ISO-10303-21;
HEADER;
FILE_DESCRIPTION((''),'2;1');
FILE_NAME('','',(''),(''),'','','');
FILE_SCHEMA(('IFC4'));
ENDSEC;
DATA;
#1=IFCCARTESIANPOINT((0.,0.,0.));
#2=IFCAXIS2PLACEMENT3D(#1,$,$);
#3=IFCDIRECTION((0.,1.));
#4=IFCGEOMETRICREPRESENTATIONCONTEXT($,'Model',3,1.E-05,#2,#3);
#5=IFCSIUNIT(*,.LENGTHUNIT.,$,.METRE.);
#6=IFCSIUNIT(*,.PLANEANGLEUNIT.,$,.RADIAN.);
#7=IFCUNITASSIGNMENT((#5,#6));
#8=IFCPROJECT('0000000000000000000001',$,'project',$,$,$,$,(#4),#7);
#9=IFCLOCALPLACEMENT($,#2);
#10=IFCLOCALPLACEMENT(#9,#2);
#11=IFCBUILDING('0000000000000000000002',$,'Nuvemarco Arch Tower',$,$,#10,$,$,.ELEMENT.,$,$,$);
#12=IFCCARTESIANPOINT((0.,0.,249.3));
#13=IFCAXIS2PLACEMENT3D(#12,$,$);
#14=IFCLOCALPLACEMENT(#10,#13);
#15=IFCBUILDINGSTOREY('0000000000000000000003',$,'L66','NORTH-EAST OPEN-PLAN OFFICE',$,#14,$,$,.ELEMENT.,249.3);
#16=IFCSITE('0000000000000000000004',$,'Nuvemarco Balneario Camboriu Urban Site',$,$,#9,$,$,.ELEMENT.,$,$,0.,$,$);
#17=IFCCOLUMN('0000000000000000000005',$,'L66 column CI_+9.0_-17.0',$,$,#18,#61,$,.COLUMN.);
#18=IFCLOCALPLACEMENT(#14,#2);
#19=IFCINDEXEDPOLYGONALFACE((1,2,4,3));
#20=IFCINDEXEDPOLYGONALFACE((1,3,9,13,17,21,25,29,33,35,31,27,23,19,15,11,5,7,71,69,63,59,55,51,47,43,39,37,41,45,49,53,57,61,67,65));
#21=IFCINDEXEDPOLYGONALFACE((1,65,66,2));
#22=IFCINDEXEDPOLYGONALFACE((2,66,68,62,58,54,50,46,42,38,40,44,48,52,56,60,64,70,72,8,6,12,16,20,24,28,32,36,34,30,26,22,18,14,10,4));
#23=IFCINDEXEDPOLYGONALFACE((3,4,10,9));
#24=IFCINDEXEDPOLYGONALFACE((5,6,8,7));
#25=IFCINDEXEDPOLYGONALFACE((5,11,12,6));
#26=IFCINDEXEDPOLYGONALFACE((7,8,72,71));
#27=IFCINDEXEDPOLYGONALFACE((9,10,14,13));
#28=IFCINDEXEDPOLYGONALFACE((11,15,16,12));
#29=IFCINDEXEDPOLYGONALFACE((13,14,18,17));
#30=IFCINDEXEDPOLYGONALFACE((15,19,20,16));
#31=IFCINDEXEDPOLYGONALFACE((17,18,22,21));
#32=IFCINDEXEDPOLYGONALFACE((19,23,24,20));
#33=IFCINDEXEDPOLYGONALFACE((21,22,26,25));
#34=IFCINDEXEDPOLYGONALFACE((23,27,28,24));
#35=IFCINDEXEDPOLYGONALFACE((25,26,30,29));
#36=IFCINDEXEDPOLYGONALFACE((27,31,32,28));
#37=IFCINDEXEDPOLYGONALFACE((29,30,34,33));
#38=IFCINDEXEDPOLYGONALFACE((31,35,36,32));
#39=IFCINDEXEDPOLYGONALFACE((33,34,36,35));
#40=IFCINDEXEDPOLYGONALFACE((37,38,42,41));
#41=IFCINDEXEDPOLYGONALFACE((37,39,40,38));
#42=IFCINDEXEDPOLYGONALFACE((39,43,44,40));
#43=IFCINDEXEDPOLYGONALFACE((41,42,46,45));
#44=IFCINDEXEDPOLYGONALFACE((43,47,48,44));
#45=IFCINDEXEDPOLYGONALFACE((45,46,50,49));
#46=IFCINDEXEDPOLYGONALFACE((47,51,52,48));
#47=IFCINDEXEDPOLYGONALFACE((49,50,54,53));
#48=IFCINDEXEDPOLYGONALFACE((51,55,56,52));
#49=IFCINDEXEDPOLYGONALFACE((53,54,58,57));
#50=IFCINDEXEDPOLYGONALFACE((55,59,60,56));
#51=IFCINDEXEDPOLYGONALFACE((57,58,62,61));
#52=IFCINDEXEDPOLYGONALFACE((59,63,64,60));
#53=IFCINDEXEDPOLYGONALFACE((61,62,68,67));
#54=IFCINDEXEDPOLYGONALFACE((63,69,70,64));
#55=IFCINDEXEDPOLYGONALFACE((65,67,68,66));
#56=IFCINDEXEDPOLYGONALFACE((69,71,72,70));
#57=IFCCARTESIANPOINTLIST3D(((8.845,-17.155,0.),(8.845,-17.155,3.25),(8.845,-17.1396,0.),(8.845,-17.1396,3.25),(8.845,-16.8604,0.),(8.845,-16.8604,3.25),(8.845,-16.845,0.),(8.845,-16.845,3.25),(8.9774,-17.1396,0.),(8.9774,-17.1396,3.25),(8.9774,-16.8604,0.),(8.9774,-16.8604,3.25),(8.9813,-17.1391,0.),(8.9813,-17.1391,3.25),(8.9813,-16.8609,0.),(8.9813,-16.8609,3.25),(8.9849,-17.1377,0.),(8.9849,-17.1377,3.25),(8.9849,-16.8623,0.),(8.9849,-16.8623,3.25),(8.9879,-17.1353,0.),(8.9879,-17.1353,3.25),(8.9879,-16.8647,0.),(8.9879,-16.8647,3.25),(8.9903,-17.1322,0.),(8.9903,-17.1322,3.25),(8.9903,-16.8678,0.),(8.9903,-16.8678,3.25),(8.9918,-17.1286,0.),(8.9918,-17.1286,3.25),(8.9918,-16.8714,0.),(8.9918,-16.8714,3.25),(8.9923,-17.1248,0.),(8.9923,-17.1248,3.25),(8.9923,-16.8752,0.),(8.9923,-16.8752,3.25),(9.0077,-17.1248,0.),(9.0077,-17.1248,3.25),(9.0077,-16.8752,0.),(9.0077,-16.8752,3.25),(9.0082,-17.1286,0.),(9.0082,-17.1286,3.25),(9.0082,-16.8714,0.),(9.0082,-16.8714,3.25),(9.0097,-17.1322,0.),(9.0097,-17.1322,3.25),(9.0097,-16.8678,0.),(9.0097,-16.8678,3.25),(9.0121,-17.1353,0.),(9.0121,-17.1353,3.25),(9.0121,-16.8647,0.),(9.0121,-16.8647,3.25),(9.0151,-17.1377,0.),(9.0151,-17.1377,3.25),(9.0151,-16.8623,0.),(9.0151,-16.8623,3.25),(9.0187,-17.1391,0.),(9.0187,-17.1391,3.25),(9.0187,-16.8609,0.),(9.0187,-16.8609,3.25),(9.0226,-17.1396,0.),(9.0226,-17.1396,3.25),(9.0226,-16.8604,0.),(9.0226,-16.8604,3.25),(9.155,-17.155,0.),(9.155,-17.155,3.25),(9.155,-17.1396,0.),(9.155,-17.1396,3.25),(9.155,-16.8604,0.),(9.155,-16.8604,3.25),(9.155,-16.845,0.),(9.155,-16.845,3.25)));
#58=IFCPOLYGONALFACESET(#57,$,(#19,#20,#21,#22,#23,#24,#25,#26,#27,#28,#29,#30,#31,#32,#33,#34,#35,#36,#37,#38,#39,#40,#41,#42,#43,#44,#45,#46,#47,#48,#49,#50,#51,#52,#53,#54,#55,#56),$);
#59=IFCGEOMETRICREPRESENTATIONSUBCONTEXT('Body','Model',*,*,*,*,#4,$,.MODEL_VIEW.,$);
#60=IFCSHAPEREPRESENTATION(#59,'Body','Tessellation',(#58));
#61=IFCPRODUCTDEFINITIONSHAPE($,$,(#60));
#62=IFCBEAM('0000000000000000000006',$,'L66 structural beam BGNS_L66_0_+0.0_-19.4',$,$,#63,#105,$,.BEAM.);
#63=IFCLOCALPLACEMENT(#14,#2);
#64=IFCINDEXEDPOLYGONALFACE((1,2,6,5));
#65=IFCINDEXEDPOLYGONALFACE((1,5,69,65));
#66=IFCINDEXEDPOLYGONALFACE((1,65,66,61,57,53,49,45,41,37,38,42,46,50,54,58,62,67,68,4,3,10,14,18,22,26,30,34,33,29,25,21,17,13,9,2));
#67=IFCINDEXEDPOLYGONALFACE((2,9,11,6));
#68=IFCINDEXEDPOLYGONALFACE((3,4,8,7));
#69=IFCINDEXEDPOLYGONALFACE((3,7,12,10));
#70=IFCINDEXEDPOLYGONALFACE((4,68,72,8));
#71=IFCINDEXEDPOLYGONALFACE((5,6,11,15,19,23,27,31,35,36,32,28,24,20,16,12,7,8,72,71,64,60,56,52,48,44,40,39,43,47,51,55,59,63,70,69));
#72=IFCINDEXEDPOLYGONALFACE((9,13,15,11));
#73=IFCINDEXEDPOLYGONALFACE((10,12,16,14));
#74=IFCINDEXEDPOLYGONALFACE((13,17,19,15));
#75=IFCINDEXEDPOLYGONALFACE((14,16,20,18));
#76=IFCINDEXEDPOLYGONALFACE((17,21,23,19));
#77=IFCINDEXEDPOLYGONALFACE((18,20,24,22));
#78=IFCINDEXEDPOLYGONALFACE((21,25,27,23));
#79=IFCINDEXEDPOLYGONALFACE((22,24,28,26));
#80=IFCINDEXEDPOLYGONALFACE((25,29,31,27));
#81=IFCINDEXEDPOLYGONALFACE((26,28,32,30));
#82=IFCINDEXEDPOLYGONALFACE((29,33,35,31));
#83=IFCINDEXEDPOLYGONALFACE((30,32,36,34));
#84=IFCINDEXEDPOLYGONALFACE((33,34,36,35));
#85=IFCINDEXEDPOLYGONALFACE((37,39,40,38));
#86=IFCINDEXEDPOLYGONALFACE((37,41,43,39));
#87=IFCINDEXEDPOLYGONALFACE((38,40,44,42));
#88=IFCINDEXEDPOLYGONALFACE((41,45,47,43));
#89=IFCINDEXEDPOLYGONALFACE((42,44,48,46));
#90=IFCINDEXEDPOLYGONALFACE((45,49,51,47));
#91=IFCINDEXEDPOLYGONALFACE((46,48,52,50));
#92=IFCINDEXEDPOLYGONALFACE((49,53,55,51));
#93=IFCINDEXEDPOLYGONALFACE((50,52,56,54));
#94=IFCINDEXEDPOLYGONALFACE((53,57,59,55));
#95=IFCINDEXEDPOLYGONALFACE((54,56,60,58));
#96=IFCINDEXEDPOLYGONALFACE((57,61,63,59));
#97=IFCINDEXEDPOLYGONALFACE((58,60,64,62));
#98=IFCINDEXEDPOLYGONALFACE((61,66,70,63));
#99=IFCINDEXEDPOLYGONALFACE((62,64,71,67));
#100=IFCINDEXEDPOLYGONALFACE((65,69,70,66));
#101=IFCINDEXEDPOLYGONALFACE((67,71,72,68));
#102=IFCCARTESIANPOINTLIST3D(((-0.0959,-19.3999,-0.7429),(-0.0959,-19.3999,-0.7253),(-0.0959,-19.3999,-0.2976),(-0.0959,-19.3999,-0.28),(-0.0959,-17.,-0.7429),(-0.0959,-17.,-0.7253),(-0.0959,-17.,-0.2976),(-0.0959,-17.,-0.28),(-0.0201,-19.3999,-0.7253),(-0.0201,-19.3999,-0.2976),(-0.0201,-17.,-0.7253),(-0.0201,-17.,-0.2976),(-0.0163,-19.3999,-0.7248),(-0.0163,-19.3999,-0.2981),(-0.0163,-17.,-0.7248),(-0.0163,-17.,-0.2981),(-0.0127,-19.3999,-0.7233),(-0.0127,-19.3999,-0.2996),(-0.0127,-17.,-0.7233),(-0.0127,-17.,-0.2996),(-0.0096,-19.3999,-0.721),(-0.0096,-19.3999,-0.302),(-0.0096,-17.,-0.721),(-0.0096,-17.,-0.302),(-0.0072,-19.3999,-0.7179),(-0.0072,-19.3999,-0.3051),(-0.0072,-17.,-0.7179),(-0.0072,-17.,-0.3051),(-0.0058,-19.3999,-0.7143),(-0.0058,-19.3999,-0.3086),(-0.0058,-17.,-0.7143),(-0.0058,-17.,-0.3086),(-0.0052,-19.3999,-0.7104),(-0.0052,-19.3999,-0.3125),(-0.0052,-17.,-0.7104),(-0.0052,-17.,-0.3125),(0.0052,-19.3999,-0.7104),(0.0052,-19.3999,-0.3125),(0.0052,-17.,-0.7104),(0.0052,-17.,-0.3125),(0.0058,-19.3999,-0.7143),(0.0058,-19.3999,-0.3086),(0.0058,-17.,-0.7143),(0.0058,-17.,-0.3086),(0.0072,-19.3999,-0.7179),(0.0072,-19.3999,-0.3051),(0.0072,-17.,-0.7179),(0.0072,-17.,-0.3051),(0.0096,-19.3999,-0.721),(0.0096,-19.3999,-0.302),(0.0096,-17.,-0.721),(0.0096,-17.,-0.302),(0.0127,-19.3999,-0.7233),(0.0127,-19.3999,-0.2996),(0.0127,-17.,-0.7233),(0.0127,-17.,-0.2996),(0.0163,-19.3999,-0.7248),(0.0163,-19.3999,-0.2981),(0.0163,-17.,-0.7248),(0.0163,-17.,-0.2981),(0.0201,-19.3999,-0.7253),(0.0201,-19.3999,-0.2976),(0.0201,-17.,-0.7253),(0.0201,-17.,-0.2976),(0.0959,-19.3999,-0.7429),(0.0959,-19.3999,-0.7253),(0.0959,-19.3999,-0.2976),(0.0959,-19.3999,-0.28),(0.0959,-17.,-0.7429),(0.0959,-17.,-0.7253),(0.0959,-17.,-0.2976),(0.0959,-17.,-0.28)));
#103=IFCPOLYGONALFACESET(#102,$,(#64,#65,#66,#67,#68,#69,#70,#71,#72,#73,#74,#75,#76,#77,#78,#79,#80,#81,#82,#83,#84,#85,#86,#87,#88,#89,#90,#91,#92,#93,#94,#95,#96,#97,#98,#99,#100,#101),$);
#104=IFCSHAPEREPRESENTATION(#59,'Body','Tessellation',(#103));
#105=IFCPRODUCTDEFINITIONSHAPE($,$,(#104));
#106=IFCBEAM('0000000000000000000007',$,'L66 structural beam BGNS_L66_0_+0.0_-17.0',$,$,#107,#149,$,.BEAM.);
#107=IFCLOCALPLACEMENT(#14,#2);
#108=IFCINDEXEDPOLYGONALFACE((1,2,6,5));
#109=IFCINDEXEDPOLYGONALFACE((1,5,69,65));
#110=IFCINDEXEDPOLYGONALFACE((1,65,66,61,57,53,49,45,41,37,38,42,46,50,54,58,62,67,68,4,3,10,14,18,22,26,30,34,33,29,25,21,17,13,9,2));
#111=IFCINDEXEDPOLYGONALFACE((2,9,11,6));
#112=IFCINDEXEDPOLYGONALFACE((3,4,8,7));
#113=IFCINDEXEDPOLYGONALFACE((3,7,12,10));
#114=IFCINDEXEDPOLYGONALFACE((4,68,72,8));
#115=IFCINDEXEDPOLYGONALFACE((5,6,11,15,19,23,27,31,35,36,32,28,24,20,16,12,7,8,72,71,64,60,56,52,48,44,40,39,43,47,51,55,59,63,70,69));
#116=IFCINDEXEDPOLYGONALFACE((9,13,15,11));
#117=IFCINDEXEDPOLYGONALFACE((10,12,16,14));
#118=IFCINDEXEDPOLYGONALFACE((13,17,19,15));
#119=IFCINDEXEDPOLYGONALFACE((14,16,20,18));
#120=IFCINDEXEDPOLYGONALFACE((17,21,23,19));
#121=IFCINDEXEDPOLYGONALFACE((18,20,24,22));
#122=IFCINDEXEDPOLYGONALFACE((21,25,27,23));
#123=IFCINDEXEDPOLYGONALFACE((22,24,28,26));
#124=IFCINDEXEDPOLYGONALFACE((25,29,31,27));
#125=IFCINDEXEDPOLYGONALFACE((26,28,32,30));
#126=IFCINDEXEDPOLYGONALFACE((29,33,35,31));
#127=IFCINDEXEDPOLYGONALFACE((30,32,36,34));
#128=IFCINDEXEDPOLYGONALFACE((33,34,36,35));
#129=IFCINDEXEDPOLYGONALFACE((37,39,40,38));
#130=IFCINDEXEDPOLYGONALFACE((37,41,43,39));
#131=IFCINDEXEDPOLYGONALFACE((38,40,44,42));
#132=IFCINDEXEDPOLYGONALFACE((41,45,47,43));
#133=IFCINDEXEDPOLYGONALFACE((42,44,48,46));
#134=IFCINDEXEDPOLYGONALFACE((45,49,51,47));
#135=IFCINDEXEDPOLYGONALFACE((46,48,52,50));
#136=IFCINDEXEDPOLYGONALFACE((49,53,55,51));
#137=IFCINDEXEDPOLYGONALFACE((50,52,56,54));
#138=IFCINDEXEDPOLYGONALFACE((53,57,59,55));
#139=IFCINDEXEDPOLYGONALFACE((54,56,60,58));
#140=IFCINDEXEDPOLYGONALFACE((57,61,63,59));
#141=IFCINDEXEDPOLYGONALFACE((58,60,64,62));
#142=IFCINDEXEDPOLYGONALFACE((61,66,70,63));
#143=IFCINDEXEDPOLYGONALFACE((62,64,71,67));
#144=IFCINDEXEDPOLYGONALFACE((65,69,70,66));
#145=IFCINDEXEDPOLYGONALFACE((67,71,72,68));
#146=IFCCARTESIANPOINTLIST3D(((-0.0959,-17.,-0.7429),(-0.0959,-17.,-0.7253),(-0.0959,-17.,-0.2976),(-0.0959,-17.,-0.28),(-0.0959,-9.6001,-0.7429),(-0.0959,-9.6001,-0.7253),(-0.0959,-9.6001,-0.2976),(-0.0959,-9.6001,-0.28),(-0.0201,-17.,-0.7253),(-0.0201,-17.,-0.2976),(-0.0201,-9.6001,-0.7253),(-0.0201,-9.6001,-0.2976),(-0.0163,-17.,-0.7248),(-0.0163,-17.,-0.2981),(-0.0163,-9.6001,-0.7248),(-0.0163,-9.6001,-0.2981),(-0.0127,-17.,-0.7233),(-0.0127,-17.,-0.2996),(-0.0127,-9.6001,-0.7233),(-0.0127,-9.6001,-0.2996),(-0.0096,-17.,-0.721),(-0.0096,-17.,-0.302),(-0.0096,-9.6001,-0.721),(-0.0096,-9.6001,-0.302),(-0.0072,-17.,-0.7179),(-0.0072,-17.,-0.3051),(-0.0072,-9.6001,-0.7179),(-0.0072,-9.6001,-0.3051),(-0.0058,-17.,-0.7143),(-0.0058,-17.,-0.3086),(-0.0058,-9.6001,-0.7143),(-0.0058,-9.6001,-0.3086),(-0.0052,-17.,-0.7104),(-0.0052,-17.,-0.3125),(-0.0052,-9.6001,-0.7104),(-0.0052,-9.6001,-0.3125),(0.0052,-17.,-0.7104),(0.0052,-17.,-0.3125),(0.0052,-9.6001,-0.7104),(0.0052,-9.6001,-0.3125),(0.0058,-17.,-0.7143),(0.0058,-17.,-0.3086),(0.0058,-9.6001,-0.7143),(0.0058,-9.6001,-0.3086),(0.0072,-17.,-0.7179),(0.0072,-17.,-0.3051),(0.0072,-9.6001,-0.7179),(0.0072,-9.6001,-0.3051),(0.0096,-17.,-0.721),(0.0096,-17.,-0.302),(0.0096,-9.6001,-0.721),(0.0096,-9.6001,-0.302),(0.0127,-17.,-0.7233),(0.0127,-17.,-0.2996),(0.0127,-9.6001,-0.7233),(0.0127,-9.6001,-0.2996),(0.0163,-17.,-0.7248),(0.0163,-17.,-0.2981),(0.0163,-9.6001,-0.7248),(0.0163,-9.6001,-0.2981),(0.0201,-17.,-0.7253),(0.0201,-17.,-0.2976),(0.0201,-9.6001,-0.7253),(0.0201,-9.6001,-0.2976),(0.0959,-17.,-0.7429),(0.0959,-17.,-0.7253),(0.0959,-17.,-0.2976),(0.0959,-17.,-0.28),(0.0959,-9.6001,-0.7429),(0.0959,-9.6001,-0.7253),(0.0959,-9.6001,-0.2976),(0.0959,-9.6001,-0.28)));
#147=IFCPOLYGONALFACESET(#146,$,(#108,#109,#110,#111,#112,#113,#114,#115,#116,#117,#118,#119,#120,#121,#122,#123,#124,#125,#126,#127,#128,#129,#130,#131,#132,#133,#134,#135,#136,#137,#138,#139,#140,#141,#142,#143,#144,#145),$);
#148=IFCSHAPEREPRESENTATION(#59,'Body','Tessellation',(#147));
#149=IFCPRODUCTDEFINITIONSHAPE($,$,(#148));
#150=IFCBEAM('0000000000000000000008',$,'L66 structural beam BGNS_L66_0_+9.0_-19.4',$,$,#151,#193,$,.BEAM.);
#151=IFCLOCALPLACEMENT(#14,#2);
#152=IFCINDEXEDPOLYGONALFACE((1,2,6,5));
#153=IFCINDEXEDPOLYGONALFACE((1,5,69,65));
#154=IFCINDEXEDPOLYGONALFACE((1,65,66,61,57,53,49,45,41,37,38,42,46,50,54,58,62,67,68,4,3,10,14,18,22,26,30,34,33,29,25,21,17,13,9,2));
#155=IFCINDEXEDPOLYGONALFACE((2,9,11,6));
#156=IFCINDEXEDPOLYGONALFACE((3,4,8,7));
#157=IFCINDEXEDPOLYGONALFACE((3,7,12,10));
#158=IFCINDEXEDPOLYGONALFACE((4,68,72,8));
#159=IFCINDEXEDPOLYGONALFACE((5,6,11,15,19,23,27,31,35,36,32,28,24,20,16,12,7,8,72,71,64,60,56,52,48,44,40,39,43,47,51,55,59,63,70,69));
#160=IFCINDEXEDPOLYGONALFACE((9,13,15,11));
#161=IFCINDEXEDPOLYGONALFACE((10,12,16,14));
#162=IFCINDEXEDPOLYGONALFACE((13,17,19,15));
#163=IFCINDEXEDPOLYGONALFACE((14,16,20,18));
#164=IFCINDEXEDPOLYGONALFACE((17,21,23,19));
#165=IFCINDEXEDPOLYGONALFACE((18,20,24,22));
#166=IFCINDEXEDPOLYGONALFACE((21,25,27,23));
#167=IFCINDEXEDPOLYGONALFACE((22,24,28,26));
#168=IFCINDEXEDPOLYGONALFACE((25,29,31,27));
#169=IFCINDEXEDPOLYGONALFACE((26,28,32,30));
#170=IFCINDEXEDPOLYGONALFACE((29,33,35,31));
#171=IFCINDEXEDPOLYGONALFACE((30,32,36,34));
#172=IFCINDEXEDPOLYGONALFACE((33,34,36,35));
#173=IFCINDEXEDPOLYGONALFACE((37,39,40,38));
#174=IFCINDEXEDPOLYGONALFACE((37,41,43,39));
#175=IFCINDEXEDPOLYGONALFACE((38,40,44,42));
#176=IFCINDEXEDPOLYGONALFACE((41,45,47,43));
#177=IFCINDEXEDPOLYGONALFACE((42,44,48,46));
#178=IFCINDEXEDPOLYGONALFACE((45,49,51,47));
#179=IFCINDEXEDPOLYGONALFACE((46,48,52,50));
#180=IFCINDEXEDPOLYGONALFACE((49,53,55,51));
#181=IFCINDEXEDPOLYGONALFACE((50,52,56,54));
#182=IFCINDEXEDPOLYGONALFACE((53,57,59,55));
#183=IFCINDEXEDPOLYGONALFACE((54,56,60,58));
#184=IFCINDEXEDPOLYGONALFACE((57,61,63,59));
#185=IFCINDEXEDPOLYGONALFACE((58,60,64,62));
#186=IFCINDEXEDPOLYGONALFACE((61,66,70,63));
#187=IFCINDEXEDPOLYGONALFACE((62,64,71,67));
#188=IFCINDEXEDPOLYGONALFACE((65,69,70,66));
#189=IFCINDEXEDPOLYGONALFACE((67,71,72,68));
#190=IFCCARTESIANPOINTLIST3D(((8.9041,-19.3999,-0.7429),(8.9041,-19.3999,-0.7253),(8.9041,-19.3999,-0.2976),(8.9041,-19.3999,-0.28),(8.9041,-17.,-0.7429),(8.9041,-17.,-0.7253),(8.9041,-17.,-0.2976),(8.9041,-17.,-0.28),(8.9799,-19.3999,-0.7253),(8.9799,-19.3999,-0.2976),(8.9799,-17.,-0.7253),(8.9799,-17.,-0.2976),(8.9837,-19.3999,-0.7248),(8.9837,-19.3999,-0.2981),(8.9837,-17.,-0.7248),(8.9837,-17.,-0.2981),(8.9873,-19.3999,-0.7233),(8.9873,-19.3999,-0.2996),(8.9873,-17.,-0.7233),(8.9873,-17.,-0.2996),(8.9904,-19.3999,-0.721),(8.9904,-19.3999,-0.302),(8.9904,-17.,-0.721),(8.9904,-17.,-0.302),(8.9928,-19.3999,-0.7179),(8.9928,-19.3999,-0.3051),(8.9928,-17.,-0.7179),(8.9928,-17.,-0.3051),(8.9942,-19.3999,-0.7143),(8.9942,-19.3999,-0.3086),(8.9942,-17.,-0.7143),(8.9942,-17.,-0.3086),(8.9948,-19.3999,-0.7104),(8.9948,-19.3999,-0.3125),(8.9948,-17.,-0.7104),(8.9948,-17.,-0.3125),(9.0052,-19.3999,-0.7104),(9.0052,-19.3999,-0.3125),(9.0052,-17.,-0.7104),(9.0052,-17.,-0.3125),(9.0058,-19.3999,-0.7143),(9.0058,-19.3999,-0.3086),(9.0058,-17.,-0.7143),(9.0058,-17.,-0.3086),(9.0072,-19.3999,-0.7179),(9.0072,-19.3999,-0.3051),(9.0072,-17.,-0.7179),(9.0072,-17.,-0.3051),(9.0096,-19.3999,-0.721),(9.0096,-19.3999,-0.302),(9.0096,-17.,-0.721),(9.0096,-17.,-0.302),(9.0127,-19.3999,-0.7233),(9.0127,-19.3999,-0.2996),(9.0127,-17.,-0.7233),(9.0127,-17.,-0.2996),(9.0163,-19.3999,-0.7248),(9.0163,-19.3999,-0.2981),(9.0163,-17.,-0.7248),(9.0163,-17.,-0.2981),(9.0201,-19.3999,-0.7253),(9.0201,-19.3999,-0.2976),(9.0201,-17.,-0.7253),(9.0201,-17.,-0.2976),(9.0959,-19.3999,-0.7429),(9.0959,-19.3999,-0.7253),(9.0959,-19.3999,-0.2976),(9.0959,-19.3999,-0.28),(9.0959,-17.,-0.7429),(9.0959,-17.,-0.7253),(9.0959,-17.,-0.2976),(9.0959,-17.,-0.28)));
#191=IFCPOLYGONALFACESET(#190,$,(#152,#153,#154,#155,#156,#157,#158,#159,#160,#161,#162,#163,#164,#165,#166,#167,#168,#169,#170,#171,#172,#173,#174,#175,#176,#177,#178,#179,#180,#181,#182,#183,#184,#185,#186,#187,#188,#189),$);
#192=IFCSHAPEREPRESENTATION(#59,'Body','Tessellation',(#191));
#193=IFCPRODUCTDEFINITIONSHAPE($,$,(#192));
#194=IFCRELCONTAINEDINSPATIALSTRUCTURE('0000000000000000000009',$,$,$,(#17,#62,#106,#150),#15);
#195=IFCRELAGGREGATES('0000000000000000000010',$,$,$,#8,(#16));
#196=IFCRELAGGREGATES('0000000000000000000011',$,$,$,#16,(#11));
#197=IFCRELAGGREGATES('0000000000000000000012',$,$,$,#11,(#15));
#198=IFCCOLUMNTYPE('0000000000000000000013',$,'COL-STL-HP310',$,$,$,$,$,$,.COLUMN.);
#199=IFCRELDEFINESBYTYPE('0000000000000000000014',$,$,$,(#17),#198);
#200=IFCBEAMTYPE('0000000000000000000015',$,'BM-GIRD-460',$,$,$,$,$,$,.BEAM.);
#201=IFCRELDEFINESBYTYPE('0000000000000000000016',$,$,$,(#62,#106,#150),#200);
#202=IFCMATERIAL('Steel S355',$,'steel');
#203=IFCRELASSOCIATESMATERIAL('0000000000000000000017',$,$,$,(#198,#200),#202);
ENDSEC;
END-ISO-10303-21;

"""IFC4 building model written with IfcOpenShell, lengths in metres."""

from ifc_helpers import new_model, si_unit, direction, frame, origin, origin_2d, place, context, subcontext, project, spatial, i_section, extrude, material, material_profile, profile_set, type_object, element, save


model = new_model("IFC4")

# Units and contexts
model_context = context("Model", 3, precision=1e-05, world=origin(), true_north=direction((0.0, 1.0)))
body_context = subcontext(model_context, "Body", "Model", "MODEL_VIEW")
ifc_project = project(units=[si_unit("LENGTHUNIT", "METRE"), si_unit("PLANEANGLEUNIT", "RADIAN")], contexts=[model_context])

# Site, building, storey
site_placement = place(None, origin())
site = spatial("IfcSite", under=ifc_project, at=site_placement, Name="Nuvemarco Balneario Camboriu Urban Site", CompositionType="ELEMENT", RefElevation=0.0)
building_placement = place(site_placement, origin())
building = spatial("IfcBuilding", under=site, at=building_placement, Name="Nuvemarco Arch Tower", CompositionType="ELEMENT")
storey_placement = place(building_placement, frame((0.0, 0.0, 249.3)))
storey = spatial("IfcBuildingStorey", under=building, at=storey_placement, Name="L66", Description="NORTH-EAST OPEN-PLAN OFFICE", CompositionType="ELEMENT", Elevation=249.3)

# Column
ifc_material_1 = material(Name="Steel S355", Category="steel")
ifc_material_profile_1 = material_profile(ifc_material_1, i_section(OverallWidth=0.3101, OverallDepth=0.3101, WebThickness=0.0154, FlangeThickness=0.0154, FilletRadius=0.0149, at=origin_2d()), Name="HP310x110")
ifc_profile_set_1 = profile_set([ifc_material_profile_1], Name="Steel S355")
column_type_1 = type_object("IfcColumnType", Name="COL-STL-HP310", PredefinedType="COLUMN", material=ifc_profile_set_1)
for number, where, z_axis, x_axis, name in (
    (1, (9.0, -17.0, 0.0), (0.0, 0.0, 1.0), (1.0, 0.0, 0.0), "L66 column CI_+9.0_-17.0"),
):
    element("IfcColumn", number, at=place(storey_placement, frame(where, z_axis=z_axis, x_axis=x_axis)), inside=storey, type_object=column_type_1, Name=name, PredefinedType="COLUMN", context=body_context, shape_type="SweptSolid", body=[
        extrude(i_section(OverallWidth=0.3101, OverallDepth=0.3101, WebThickness=0.0154, FlangeThickness=0.0154, FilletRadius=0.0149, at=origin_2d()), origin(), (0.0, 0.0, 1.0), 3.25),
    ])

# Beams
ifc_material_profile_2 = material_profile(ifc_material_1, i_section(OverallWidth=0.1919, OverallDepth=0.4629, WebThickness=0.0105, FlangeThickness=0.0176, FilletRadius=0.0149, at=origin_2d()), Name="W460x89")
ifc_profile_set_2 = profile_set([ifc_material_profile_2], Name="Steel S355")
beam_type_1 = type_object("IfcBeamType", Name="BM-GIRD-460", PredefinedType="BEAM", material=ifc_profile_set_2)
beam_1_placement = place(storey_placement, frame((0.0, -19.3999, -0.5115), z_axis=(0.0, 1.0, 0.0), x_axis=(-1.0, 0.0, 0.0)))
element("IfcBeam", 2, at=beam_1_placement, inside=storey, type_object=beam_type_1, Name="L66 structural beam BGNS_L66_0_+0.0_-19.4", PredefinedType="BEAM", context=body_context, shape_type="SweptSolid", body=[
    extrude(i_section(OverallWidth=0.1919, OverallDepth=0.4629, WebThickness=0.0105, FlangeThickness=0.0176, FilletRadius=0.0149, at=origin_2d()), origin(), (0.0, 0.0, 1.0), 2.3999),
])
beam_2_placement = place(storey_placement, frame((0.0, -17.0, -0.5115), z_axis=(0.0, 1.0, 0.0), x_axis=(-1.0, 0.0, 0.0)))
element("IfcBeam", 3, at=beam_2_placement, inside=storey, type_object=beam_type_1, Name="L66 structural beam BGNS_L66_0_+0.0_-17.0", PredefinedType="BEAM", context=body_context, shape_type="SweptSolid", body=[
    extrude(i_section(OverallWidth=0.1919, OverallDepth=0.4629, WebThickness=0.0105, FlangeThickness=0.0176, FilletRadius=0.0149, at=origin_2d()), origin(), (0.0, 0.0, 1.0), 7.3999),
])
beam_3_placement = place(storey_placement, frame((9.0, -19.3999, -0.5115), z_axis=(0.0, 1.0, 0.0), x_axis=(-1.0, 0.0, 0.0)))
element("IfcBeam", 4, at=beam_3_placement, inside=storey, type_object=beam_type_1, Name="L66 structural beam BGNS_L66_0_+9.0_-19.4", PredefinedType="BEAM", context=body_context, shape_type="SweptSolid", body=[
    extrude(i_section(OverallWidth=0.1919, OverallDepth=0.4629, WebThickness=0.0105, FlangeThickness=0.0176, FilletRadius=0.0149, at=origin_2d()), origin(), (0.0, 0.0, 1.0), 2.3999),
])

save(model, "model.ifc")
